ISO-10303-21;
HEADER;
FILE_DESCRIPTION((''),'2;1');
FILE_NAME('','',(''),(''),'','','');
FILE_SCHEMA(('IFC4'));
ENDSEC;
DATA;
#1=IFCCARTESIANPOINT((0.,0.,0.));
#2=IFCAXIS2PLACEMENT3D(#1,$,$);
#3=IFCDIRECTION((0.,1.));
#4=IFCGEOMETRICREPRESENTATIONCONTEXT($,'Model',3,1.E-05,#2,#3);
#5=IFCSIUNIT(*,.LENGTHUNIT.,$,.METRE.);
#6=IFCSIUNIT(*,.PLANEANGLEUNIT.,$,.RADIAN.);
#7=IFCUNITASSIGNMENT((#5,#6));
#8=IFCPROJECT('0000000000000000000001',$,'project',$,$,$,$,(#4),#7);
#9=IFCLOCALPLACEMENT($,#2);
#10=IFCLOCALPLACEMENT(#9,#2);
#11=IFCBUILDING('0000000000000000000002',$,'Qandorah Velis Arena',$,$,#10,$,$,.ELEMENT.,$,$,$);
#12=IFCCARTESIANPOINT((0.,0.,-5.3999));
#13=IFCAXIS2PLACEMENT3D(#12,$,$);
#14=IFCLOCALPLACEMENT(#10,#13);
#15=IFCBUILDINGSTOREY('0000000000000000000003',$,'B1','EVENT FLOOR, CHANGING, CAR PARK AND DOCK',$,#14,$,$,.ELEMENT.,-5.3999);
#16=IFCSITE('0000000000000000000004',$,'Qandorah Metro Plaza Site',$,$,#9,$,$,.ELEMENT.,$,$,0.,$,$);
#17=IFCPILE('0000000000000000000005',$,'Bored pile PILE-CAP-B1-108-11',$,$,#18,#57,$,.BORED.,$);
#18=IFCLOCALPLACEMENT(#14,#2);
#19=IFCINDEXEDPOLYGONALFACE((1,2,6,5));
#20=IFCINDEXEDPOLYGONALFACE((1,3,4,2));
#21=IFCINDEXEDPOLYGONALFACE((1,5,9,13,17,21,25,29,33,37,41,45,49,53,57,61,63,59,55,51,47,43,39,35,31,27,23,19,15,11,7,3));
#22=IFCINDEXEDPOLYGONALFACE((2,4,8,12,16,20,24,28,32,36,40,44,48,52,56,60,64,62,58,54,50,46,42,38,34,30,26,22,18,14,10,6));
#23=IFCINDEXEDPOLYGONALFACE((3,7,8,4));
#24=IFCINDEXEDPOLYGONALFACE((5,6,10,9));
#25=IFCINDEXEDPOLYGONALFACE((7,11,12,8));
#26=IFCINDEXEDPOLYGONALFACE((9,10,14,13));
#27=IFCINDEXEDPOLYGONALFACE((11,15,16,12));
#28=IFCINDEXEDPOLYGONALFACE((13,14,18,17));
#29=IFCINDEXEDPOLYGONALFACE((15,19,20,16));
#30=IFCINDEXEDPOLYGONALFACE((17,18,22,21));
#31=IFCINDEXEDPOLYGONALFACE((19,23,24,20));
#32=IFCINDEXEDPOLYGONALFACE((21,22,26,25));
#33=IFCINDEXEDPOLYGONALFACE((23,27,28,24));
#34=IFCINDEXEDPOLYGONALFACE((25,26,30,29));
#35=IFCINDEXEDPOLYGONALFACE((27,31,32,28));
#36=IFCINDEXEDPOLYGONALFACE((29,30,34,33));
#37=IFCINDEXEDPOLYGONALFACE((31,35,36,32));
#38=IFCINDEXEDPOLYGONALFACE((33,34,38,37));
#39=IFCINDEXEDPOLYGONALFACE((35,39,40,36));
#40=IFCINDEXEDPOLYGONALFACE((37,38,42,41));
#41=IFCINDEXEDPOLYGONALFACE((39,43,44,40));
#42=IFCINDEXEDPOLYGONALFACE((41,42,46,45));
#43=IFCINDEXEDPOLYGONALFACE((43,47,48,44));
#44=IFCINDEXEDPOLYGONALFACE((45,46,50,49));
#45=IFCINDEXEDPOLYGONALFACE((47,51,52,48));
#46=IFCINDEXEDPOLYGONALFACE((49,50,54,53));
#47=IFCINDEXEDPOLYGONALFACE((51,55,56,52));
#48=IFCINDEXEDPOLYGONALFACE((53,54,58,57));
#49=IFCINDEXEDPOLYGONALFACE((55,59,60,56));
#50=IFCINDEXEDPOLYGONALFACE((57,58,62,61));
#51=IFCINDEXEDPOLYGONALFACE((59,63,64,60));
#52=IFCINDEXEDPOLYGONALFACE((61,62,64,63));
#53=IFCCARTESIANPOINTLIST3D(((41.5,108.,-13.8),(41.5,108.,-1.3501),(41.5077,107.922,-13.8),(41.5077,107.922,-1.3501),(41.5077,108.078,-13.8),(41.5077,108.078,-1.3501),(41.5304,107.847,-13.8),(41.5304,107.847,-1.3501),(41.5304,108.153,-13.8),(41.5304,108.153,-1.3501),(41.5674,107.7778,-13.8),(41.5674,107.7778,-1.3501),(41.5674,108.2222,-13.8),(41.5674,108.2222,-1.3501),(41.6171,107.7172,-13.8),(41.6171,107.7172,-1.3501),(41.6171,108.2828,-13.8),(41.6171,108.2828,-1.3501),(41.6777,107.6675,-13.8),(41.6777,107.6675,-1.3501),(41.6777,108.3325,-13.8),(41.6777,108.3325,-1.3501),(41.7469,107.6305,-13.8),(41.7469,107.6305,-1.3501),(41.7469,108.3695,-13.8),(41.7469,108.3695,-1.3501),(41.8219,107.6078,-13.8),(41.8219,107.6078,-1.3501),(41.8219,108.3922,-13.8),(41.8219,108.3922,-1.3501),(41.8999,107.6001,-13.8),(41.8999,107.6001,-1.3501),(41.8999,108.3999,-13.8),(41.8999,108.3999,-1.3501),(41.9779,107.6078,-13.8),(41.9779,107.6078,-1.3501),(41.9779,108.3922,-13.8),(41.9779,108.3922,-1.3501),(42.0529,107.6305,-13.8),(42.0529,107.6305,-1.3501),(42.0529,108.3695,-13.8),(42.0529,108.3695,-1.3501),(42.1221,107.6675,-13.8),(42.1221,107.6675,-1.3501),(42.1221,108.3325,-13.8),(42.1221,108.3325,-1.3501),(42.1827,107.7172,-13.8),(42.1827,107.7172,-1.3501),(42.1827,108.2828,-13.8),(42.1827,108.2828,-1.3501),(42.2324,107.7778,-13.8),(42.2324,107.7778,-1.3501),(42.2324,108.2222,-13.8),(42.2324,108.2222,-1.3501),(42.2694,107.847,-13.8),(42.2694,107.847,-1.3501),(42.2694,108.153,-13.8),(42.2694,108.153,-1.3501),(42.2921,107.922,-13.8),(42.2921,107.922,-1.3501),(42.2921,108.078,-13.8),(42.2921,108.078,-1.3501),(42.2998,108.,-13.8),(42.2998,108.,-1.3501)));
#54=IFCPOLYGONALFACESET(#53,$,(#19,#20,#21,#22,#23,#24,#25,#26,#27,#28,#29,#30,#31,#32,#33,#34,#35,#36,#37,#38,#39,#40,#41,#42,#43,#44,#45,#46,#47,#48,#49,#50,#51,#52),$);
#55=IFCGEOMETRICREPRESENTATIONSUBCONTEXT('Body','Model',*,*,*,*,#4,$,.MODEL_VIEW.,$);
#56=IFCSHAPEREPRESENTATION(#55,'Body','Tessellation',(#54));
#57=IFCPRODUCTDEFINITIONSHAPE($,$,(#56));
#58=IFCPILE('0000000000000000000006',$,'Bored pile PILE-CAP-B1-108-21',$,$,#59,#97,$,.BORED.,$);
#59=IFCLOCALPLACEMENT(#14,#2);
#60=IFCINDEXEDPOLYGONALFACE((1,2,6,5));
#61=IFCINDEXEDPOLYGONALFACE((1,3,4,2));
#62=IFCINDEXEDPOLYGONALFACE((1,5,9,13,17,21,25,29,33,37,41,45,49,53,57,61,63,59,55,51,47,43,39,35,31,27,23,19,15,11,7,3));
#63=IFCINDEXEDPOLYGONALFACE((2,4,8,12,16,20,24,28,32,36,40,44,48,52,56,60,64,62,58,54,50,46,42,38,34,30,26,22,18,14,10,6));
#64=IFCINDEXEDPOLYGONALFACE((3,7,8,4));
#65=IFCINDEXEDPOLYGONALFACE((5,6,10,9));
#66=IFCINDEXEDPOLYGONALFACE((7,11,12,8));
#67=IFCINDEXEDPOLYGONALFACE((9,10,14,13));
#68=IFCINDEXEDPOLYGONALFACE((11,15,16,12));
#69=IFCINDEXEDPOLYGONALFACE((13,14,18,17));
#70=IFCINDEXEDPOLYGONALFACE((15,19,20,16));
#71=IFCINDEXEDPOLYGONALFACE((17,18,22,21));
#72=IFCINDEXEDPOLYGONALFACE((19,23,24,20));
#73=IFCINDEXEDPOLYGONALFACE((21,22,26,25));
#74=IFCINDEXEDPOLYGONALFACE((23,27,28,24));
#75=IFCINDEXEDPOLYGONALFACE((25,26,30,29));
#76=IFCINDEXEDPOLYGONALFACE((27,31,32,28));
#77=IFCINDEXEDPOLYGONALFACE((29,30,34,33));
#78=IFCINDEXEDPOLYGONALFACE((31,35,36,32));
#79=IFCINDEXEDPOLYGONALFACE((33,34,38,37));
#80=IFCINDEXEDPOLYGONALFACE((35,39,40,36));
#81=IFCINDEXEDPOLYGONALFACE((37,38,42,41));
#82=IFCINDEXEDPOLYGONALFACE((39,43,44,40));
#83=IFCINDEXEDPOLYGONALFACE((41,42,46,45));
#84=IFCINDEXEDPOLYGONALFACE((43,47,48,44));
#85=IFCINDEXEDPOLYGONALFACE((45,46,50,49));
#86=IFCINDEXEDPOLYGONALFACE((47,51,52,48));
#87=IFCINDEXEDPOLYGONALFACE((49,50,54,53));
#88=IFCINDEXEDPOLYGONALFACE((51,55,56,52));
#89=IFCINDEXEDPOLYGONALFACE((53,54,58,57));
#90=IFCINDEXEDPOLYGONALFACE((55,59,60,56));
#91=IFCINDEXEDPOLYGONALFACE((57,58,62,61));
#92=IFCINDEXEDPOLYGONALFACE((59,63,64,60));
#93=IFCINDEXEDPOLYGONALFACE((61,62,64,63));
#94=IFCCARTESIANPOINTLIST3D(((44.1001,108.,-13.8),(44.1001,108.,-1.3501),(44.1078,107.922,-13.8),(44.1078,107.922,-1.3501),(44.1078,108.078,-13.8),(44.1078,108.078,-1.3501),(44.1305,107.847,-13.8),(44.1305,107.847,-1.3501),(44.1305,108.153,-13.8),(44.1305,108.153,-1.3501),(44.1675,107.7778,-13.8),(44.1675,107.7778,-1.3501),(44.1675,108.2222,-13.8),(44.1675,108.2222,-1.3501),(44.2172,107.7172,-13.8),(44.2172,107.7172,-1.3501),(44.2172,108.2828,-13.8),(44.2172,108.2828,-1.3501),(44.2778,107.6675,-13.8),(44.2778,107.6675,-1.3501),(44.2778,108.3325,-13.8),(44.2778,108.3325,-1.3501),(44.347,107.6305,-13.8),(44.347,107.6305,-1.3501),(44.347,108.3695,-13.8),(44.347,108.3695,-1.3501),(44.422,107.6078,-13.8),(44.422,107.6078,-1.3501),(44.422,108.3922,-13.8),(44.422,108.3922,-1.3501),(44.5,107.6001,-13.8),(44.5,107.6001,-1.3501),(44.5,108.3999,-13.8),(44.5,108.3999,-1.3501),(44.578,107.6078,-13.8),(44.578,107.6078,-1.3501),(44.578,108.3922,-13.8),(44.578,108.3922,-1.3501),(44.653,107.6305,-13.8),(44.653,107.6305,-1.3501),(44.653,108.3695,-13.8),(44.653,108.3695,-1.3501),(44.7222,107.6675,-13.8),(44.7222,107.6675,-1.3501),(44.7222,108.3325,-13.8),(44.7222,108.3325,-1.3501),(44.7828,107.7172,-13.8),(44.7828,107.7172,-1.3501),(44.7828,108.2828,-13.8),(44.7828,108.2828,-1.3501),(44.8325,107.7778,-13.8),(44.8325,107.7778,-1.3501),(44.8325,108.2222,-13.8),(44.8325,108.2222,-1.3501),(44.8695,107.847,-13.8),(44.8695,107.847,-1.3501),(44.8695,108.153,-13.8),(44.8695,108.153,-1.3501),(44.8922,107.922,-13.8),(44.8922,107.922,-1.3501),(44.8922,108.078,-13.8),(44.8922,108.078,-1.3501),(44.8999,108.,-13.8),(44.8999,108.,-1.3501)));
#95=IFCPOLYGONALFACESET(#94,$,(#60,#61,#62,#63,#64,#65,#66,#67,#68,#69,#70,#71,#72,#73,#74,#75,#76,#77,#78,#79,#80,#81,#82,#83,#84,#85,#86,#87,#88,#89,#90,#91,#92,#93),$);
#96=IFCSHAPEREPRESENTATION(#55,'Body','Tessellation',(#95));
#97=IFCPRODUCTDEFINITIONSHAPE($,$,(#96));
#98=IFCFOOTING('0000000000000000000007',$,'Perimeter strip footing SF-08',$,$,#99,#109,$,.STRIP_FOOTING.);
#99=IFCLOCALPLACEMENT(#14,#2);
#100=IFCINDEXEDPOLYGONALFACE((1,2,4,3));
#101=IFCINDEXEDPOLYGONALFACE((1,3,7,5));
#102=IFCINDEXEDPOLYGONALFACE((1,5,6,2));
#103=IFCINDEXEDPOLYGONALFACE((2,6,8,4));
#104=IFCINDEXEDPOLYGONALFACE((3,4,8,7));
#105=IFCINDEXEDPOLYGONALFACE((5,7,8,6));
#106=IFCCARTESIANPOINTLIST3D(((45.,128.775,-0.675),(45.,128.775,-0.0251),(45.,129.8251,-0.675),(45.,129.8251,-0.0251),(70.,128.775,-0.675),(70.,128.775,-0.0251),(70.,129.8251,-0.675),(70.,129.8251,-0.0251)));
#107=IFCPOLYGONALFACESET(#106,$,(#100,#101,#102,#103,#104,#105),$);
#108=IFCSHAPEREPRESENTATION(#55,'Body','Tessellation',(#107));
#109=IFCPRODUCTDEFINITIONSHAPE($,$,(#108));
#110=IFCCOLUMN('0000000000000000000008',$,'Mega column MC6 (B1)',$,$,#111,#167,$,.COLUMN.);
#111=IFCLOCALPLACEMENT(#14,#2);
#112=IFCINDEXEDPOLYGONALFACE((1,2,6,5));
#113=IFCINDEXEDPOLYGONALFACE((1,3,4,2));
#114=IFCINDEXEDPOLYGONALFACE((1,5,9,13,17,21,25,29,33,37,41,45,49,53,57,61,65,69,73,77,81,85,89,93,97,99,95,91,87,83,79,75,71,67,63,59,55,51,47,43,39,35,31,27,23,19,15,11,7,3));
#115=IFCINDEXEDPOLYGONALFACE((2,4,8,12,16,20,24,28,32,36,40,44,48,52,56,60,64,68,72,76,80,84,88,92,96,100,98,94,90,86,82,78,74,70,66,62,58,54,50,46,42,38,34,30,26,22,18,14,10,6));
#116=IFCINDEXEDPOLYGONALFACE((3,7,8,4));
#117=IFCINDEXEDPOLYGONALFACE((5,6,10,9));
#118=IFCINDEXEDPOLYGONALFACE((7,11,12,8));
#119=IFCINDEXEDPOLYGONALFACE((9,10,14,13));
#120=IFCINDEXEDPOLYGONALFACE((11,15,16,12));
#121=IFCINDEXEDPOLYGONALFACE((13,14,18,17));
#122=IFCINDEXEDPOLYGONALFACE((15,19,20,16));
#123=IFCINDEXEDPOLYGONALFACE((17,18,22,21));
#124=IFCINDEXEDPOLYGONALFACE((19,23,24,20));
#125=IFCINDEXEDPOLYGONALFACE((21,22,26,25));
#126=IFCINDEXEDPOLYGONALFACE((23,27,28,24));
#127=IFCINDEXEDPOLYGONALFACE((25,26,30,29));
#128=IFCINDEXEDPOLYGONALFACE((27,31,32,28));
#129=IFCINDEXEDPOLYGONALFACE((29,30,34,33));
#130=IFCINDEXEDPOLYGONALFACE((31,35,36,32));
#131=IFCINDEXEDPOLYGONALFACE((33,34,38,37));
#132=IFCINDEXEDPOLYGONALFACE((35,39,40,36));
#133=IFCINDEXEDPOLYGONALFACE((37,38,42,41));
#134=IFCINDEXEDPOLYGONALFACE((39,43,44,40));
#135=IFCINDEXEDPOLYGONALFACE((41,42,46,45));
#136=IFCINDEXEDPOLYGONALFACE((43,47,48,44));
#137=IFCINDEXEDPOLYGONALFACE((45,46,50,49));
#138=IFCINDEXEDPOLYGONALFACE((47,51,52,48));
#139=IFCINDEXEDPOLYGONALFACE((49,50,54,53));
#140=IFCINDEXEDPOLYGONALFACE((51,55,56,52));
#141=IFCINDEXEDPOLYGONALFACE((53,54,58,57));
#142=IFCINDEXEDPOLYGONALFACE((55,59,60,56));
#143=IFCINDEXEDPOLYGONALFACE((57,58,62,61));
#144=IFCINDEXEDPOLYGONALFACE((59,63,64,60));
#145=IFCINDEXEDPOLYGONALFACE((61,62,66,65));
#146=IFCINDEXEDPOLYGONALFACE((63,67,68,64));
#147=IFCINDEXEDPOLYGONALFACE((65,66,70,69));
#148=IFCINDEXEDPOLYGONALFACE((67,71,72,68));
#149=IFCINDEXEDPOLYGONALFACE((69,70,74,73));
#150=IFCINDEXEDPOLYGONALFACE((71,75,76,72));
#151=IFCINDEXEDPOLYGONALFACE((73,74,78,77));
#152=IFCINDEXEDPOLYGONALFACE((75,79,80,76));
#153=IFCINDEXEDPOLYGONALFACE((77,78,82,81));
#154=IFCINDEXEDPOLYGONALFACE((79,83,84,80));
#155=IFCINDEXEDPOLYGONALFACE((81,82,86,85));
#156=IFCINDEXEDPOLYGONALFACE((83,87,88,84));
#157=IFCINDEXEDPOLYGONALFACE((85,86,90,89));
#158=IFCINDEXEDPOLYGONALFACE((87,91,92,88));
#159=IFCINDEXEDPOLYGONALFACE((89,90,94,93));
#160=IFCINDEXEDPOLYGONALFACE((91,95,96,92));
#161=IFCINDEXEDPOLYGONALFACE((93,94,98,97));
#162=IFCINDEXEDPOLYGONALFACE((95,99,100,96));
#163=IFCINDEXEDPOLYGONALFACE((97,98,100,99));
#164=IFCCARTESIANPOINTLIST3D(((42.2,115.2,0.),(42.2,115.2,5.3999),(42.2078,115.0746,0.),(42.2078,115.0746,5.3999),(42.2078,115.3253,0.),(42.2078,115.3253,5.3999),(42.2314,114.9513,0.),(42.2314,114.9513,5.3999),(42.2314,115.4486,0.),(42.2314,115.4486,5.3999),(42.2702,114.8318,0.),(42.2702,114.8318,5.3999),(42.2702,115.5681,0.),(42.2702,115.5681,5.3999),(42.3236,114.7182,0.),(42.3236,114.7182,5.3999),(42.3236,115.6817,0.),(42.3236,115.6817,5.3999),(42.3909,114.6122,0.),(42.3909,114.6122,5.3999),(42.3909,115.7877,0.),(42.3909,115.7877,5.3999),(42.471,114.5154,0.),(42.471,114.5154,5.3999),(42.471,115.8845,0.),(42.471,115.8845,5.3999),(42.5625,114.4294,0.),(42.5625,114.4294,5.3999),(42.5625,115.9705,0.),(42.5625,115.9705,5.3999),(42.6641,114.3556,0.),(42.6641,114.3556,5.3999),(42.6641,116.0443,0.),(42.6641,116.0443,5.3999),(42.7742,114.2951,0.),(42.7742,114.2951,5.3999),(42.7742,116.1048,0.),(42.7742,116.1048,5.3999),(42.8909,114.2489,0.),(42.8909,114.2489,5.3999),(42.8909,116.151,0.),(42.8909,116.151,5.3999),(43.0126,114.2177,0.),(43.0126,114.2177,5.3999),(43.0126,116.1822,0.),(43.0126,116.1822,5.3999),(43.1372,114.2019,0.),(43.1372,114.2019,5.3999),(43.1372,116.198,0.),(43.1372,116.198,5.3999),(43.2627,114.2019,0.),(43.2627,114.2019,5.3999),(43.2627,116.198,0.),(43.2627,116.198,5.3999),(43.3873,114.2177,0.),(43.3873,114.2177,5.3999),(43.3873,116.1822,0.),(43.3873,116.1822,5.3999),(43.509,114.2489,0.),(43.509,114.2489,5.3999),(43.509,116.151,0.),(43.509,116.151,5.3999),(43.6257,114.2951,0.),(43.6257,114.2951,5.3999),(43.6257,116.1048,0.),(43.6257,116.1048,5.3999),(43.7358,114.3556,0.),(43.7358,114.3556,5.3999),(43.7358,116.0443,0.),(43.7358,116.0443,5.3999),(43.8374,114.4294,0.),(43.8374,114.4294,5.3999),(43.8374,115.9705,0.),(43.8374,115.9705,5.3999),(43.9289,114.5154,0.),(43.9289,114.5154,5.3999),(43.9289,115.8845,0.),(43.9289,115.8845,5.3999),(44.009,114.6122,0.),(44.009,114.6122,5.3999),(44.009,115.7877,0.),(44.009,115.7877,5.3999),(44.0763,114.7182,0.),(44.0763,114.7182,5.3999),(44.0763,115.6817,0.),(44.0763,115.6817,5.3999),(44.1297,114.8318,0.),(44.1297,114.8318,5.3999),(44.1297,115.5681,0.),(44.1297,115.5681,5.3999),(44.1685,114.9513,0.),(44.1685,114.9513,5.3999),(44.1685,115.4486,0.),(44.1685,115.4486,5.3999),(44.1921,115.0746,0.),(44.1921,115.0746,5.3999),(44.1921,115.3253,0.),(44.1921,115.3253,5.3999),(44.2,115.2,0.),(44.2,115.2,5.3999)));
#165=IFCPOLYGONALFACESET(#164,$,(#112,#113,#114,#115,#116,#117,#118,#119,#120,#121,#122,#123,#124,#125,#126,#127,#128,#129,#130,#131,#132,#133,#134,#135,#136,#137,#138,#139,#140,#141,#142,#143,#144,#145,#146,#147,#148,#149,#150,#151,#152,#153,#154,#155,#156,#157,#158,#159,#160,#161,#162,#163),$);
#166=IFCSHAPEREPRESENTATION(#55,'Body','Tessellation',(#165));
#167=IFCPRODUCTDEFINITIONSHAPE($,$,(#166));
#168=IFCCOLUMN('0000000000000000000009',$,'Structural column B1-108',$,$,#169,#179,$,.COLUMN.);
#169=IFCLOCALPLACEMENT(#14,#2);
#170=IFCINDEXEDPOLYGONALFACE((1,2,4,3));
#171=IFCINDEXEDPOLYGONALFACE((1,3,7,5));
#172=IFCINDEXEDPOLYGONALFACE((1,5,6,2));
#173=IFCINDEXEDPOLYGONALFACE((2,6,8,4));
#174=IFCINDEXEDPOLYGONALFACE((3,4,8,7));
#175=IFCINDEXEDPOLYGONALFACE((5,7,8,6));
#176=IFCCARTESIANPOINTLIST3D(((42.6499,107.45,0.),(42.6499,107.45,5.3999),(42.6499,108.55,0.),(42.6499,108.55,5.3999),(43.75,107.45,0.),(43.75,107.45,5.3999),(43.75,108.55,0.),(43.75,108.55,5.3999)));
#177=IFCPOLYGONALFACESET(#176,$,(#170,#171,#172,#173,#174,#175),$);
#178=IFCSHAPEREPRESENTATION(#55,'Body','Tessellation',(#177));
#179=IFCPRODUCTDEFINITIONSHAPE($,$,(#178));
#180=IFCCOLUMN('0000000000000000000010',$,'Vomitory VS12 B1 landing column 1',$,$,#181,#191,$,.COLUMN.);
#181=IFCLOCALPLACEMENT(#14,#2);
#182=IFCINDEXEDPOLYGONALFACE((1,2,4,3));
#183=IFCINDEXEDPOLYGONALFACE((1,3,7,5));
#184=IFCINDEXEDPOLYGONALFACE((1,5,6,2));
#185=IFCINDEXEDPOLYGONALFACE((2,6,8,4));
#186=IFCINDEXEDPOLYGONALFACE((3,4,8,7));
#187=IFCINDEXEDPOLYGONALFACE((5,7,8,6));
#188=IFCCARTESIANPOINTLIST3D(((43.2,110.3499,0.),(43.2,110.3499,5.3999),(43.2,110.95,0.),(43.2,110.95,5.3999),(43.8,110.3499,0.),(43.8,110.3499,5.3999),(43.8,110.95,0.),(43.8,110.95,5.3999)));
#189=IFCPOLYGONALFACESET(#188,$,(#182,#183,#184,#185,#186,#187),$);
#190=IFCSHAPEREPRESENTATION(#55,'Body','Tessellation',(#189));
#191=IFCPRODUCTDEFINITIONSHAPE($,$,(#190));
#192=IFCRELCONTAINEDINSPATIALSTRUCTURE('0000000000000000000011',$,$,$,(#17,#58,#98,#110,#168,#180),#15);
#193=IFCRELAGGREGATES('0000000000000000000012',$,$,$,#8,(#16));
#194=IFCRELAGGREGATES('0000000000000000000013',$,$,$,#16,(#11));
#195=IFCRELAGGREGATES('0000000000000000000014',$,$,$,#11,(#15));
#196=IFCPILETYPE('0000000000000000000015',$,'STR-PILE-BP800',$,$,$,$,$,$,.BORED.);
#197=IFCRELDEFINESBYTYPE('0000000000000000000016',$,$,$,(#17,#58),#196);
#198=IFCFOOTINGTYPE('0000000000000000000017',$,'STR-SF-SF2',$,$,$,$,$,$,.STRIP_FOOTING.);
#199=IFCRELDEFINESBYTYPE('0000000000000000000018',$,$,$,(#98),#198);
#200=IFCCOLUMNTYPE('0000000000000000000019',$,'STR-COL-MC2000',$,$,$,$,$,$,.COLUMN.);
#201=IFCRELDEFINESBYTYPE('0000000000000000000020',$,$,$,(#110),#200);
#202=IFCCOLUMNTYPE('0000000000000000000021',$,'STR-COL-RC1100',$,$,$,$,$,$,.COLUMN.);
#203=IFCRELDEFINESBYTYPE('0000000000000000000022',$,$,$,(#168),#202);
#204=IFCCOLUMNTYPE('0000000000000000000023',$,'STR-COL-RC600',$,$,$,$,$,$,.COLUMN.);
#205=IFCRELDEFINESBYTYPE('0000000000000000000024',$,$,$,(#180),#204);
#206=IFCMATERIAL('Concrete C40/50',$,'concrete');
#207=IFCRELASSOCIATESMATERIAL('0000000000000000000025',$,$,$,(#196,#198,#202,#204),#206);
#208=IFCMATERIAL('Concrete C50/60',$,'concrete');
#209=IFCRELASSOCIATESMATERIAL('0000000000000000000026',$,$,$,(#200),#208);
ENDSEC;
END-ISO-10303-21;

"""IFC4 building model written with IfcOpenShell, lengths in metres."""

from ifc_helpers import new_model, si_unit, direction, frame, origin, origin_2d, place, context, subcontext, project, spatial, rectangle, circle, extrude, material, material_profile, profile_set, type_object, element, save


model = new_model("IFC4")

# Units and contexts
model_context = context("Model", 3, precision=1e-05, world=origin(), true_north=direction((0.0, 1.0)))
body_context = subcontext(model_context, "Body", "Model", "MODEL_VIEW")
ifc_project = project(units=[si_unit("LENGTHUNIT", "METRE"), si_unit("PLANEANGLEUNIT", "RADIAN")], contexts=[model_context])

# Site, building, storey
site_placement = place(None, origin())
site = spatial("IfcSite", under=ifc_project, at=site_placement, Name="Qandorah Metro Plaza Site", CompositionType="ELEMENT", RefElevation=0.0)
building_placement = place(site_placement, origin())
building = spatial("IfcBuilding", under=site, at=building_placement, Name="Qandorah Velis Arena", CompositionType="ELEMENT")
storey_placement = place(building_placement, frame((0.0, 0.0, -5.3999)))
storey = spatial("IfcBuildingStorey", under=building, at=storey_placement, Name="B1", Description="EVENT FLOOR, CHANGING, CAR PARK AND DOCK", CompositionType="ELEMENT", Elevation=-5.3999)

# Shared definitions
ifc_material_1 = material(Name="Concrete C40/50", Category="concrete")

# Piles
ifc_material_profile_1 = material_profile(ifc_material_1, circle(Radius=0.3999, at=origin_2d()), Name="BORED PILE D800")
ifc_profile_set_1 = profile_set([ifc_material_profile_1], Name="Concrete C40/50")
pile_type_1 = type_object("IfcPileType", Name="STR-PILE-BP800", PredefinedType="BORED", material=ifc_profile_set_1)
for number, where, z_axis, x_axis, name in (
    (1, (41.8999, 108.0, -1.3501), (0.0, 0.0, -1.0), (1.0, 0.0, 0.0), "Bored pile PILE-CAP-B1-108-11"),
    (2, (44.5, 108.0, -1.3501), (0.0, 0.0, -1.0), (1.0, 0.0, 0.0), "Bored pile PILE-CAP-B1-108-21"),
):
    element("IfcPile", number, at=place(storey_placement, frame(where, z_axis=z_axis, x_axis=x_axis)), inside=storey, type_object=pile_type_1, Name=name, PredefinedType="BORED", context=body_context, shape_type="SweptSolid", body=[
        extrude(circle(Radius=0.3999, at=origin_2d()), origin(), (0.0, 0.0, 1.0), 12.45),
    ])

# Footing
ifc_material_profile_2 = material_profile(ifc_material_1, rectangle(XDim=1.05, YDim=0.6499, at=origin_2d()), Name="SF2 1050x650")
ifc_profile_set_2 = profile_set([ifc_material_profile_2], Name="Concrete C40/50")
footing_type_1 = type_object("IfcFootingType", Name="STR-SF-SF2", PredefinedType="STRIP_FOOTING", material=ifc_profile_set_2)
footing_1_placement = place(storey_placement, frame((45.0, 129.3, -0.3501), z_axis=(1.0, 0.0, 0.0), x_axis=(0.0, 1.0, 0.0)))
element("IfcFooting", 3, at=footing_1_placement, inside=storey, type_object=footing_type_1, Name="Perimeter strip footing SF-08", PredefinedType="STRIP_FOOTING", context=body_context, shape_type="SweptSolid", body=[
    extrude(rectangle(XDim=1.05, YDim=0.6499, at=origin_2d()), origin(), (0.0, 0.0, 1.0), 25.0),
])

# Columns
ifc_material_2 = material(Name="Concrete C50/60", Category="concrete")
ifc_material_profile_3 = material_profile(ifc_material_2, circle(Radius=1.0, at=origin_2d()), Name="MC D2000")
ifc_profile_set_3 = profile_set([ifc_material_profile_3], Name="Concrete C50/60")
column_type_1 = type_object("IfcColumnType", Name="STR-COL-MC2000", PredefinedType="COLUMN", material=ifc_profile_set_3)
column_1_placement = place(storey_placement, frame((43.2, 115.2, 0.0), z_axis=(0.0, 0.0, 1.0), x_axis=(1.0, 0.0, 0.0)))
element("IfcColumn", 4, at=column_1_placement, inside=storey, type_object=column_type_1, Name="Mega column MC6 (B1)", PredefinedType="COLUMN", context=body_context, shape_type="SweptSolid", body=[
    extrude(circle(Radius=1.0, at=origin_2d()), origin(), (0.0, 0.0, 1.0), 5.3999),
])
ifc_material_profile_4 = material_profile(ifc_material_1, rectangle(XDim=1.1001, YDim=1.1001, at=origin_2d()), Name="RC COL 1100x1100")
ifc_profile_set_4 = profile_set([ifc_material_profile_4], Name="Concrete C40/50")
column_type_2 = type_object("IfcColumnType", Name="STR-COL-RC1100", PredefinedType="COLUMN", material=ifc_profile_set_4)
column_2_placement = place(storey_placement, frame((43.2, 108.0, 0.0), z_axis=(0.0, 0.0, 1.0), x_axis=(1.0, 0.0, 0.0)))
element("IfcColumn", 5, at=column_2_placement, inside=storey, type_object=column_type_2, Name="Structural column B1-108", PredefinedType="COLUMN", context=body_context, shape_type="SweptSolid", body=[
    extrude(rectangle(XDim=1.1001, YDim=1.1001, at=origin_2d()), origin(), (0.0, 0.0, 1.0), 5.3999),
])
ifc_material_profile_5 = material_profile(ifc_material_1, rectangle(XDim=0.6001, YDim=0.6001, at=origin_2d()), Name="RC COL 600x600")
ifc_profile_set_5 = profile_set([ifc_material_profile_5], Name="Concrete C40/50")
column_type_3 = type_object("IfcColumnType", Name="STR-COL-RC600", PredefinedType="COLUMN", material=ifc_profile_set_5)
for number, where, z_axis, x_axis, name in (
    (6, (43.5, 110.6499, 0.0), (0.0, 0.0, 1.0), (1.0, 0.0, 0.0), "Vomitory VS12 B1 landing column 1"),
):
    element("IfcColumn", number, at=place(storey_placement, frame(where, z_axis=z_axis, x_axis=x_axis)), inside=storey, type_object=column_type_3, Name=name, PredefinedType="COLUMN", context=body_context, shape_type="SweptSolid", body=[
        extrude(rectangle(XDim=0.6001, YDim=0.6001, at=origin_2d()), origin(), (0.0, 0.0, 1.0), 5.3999),
    ])

save(model, "model.ifc")
